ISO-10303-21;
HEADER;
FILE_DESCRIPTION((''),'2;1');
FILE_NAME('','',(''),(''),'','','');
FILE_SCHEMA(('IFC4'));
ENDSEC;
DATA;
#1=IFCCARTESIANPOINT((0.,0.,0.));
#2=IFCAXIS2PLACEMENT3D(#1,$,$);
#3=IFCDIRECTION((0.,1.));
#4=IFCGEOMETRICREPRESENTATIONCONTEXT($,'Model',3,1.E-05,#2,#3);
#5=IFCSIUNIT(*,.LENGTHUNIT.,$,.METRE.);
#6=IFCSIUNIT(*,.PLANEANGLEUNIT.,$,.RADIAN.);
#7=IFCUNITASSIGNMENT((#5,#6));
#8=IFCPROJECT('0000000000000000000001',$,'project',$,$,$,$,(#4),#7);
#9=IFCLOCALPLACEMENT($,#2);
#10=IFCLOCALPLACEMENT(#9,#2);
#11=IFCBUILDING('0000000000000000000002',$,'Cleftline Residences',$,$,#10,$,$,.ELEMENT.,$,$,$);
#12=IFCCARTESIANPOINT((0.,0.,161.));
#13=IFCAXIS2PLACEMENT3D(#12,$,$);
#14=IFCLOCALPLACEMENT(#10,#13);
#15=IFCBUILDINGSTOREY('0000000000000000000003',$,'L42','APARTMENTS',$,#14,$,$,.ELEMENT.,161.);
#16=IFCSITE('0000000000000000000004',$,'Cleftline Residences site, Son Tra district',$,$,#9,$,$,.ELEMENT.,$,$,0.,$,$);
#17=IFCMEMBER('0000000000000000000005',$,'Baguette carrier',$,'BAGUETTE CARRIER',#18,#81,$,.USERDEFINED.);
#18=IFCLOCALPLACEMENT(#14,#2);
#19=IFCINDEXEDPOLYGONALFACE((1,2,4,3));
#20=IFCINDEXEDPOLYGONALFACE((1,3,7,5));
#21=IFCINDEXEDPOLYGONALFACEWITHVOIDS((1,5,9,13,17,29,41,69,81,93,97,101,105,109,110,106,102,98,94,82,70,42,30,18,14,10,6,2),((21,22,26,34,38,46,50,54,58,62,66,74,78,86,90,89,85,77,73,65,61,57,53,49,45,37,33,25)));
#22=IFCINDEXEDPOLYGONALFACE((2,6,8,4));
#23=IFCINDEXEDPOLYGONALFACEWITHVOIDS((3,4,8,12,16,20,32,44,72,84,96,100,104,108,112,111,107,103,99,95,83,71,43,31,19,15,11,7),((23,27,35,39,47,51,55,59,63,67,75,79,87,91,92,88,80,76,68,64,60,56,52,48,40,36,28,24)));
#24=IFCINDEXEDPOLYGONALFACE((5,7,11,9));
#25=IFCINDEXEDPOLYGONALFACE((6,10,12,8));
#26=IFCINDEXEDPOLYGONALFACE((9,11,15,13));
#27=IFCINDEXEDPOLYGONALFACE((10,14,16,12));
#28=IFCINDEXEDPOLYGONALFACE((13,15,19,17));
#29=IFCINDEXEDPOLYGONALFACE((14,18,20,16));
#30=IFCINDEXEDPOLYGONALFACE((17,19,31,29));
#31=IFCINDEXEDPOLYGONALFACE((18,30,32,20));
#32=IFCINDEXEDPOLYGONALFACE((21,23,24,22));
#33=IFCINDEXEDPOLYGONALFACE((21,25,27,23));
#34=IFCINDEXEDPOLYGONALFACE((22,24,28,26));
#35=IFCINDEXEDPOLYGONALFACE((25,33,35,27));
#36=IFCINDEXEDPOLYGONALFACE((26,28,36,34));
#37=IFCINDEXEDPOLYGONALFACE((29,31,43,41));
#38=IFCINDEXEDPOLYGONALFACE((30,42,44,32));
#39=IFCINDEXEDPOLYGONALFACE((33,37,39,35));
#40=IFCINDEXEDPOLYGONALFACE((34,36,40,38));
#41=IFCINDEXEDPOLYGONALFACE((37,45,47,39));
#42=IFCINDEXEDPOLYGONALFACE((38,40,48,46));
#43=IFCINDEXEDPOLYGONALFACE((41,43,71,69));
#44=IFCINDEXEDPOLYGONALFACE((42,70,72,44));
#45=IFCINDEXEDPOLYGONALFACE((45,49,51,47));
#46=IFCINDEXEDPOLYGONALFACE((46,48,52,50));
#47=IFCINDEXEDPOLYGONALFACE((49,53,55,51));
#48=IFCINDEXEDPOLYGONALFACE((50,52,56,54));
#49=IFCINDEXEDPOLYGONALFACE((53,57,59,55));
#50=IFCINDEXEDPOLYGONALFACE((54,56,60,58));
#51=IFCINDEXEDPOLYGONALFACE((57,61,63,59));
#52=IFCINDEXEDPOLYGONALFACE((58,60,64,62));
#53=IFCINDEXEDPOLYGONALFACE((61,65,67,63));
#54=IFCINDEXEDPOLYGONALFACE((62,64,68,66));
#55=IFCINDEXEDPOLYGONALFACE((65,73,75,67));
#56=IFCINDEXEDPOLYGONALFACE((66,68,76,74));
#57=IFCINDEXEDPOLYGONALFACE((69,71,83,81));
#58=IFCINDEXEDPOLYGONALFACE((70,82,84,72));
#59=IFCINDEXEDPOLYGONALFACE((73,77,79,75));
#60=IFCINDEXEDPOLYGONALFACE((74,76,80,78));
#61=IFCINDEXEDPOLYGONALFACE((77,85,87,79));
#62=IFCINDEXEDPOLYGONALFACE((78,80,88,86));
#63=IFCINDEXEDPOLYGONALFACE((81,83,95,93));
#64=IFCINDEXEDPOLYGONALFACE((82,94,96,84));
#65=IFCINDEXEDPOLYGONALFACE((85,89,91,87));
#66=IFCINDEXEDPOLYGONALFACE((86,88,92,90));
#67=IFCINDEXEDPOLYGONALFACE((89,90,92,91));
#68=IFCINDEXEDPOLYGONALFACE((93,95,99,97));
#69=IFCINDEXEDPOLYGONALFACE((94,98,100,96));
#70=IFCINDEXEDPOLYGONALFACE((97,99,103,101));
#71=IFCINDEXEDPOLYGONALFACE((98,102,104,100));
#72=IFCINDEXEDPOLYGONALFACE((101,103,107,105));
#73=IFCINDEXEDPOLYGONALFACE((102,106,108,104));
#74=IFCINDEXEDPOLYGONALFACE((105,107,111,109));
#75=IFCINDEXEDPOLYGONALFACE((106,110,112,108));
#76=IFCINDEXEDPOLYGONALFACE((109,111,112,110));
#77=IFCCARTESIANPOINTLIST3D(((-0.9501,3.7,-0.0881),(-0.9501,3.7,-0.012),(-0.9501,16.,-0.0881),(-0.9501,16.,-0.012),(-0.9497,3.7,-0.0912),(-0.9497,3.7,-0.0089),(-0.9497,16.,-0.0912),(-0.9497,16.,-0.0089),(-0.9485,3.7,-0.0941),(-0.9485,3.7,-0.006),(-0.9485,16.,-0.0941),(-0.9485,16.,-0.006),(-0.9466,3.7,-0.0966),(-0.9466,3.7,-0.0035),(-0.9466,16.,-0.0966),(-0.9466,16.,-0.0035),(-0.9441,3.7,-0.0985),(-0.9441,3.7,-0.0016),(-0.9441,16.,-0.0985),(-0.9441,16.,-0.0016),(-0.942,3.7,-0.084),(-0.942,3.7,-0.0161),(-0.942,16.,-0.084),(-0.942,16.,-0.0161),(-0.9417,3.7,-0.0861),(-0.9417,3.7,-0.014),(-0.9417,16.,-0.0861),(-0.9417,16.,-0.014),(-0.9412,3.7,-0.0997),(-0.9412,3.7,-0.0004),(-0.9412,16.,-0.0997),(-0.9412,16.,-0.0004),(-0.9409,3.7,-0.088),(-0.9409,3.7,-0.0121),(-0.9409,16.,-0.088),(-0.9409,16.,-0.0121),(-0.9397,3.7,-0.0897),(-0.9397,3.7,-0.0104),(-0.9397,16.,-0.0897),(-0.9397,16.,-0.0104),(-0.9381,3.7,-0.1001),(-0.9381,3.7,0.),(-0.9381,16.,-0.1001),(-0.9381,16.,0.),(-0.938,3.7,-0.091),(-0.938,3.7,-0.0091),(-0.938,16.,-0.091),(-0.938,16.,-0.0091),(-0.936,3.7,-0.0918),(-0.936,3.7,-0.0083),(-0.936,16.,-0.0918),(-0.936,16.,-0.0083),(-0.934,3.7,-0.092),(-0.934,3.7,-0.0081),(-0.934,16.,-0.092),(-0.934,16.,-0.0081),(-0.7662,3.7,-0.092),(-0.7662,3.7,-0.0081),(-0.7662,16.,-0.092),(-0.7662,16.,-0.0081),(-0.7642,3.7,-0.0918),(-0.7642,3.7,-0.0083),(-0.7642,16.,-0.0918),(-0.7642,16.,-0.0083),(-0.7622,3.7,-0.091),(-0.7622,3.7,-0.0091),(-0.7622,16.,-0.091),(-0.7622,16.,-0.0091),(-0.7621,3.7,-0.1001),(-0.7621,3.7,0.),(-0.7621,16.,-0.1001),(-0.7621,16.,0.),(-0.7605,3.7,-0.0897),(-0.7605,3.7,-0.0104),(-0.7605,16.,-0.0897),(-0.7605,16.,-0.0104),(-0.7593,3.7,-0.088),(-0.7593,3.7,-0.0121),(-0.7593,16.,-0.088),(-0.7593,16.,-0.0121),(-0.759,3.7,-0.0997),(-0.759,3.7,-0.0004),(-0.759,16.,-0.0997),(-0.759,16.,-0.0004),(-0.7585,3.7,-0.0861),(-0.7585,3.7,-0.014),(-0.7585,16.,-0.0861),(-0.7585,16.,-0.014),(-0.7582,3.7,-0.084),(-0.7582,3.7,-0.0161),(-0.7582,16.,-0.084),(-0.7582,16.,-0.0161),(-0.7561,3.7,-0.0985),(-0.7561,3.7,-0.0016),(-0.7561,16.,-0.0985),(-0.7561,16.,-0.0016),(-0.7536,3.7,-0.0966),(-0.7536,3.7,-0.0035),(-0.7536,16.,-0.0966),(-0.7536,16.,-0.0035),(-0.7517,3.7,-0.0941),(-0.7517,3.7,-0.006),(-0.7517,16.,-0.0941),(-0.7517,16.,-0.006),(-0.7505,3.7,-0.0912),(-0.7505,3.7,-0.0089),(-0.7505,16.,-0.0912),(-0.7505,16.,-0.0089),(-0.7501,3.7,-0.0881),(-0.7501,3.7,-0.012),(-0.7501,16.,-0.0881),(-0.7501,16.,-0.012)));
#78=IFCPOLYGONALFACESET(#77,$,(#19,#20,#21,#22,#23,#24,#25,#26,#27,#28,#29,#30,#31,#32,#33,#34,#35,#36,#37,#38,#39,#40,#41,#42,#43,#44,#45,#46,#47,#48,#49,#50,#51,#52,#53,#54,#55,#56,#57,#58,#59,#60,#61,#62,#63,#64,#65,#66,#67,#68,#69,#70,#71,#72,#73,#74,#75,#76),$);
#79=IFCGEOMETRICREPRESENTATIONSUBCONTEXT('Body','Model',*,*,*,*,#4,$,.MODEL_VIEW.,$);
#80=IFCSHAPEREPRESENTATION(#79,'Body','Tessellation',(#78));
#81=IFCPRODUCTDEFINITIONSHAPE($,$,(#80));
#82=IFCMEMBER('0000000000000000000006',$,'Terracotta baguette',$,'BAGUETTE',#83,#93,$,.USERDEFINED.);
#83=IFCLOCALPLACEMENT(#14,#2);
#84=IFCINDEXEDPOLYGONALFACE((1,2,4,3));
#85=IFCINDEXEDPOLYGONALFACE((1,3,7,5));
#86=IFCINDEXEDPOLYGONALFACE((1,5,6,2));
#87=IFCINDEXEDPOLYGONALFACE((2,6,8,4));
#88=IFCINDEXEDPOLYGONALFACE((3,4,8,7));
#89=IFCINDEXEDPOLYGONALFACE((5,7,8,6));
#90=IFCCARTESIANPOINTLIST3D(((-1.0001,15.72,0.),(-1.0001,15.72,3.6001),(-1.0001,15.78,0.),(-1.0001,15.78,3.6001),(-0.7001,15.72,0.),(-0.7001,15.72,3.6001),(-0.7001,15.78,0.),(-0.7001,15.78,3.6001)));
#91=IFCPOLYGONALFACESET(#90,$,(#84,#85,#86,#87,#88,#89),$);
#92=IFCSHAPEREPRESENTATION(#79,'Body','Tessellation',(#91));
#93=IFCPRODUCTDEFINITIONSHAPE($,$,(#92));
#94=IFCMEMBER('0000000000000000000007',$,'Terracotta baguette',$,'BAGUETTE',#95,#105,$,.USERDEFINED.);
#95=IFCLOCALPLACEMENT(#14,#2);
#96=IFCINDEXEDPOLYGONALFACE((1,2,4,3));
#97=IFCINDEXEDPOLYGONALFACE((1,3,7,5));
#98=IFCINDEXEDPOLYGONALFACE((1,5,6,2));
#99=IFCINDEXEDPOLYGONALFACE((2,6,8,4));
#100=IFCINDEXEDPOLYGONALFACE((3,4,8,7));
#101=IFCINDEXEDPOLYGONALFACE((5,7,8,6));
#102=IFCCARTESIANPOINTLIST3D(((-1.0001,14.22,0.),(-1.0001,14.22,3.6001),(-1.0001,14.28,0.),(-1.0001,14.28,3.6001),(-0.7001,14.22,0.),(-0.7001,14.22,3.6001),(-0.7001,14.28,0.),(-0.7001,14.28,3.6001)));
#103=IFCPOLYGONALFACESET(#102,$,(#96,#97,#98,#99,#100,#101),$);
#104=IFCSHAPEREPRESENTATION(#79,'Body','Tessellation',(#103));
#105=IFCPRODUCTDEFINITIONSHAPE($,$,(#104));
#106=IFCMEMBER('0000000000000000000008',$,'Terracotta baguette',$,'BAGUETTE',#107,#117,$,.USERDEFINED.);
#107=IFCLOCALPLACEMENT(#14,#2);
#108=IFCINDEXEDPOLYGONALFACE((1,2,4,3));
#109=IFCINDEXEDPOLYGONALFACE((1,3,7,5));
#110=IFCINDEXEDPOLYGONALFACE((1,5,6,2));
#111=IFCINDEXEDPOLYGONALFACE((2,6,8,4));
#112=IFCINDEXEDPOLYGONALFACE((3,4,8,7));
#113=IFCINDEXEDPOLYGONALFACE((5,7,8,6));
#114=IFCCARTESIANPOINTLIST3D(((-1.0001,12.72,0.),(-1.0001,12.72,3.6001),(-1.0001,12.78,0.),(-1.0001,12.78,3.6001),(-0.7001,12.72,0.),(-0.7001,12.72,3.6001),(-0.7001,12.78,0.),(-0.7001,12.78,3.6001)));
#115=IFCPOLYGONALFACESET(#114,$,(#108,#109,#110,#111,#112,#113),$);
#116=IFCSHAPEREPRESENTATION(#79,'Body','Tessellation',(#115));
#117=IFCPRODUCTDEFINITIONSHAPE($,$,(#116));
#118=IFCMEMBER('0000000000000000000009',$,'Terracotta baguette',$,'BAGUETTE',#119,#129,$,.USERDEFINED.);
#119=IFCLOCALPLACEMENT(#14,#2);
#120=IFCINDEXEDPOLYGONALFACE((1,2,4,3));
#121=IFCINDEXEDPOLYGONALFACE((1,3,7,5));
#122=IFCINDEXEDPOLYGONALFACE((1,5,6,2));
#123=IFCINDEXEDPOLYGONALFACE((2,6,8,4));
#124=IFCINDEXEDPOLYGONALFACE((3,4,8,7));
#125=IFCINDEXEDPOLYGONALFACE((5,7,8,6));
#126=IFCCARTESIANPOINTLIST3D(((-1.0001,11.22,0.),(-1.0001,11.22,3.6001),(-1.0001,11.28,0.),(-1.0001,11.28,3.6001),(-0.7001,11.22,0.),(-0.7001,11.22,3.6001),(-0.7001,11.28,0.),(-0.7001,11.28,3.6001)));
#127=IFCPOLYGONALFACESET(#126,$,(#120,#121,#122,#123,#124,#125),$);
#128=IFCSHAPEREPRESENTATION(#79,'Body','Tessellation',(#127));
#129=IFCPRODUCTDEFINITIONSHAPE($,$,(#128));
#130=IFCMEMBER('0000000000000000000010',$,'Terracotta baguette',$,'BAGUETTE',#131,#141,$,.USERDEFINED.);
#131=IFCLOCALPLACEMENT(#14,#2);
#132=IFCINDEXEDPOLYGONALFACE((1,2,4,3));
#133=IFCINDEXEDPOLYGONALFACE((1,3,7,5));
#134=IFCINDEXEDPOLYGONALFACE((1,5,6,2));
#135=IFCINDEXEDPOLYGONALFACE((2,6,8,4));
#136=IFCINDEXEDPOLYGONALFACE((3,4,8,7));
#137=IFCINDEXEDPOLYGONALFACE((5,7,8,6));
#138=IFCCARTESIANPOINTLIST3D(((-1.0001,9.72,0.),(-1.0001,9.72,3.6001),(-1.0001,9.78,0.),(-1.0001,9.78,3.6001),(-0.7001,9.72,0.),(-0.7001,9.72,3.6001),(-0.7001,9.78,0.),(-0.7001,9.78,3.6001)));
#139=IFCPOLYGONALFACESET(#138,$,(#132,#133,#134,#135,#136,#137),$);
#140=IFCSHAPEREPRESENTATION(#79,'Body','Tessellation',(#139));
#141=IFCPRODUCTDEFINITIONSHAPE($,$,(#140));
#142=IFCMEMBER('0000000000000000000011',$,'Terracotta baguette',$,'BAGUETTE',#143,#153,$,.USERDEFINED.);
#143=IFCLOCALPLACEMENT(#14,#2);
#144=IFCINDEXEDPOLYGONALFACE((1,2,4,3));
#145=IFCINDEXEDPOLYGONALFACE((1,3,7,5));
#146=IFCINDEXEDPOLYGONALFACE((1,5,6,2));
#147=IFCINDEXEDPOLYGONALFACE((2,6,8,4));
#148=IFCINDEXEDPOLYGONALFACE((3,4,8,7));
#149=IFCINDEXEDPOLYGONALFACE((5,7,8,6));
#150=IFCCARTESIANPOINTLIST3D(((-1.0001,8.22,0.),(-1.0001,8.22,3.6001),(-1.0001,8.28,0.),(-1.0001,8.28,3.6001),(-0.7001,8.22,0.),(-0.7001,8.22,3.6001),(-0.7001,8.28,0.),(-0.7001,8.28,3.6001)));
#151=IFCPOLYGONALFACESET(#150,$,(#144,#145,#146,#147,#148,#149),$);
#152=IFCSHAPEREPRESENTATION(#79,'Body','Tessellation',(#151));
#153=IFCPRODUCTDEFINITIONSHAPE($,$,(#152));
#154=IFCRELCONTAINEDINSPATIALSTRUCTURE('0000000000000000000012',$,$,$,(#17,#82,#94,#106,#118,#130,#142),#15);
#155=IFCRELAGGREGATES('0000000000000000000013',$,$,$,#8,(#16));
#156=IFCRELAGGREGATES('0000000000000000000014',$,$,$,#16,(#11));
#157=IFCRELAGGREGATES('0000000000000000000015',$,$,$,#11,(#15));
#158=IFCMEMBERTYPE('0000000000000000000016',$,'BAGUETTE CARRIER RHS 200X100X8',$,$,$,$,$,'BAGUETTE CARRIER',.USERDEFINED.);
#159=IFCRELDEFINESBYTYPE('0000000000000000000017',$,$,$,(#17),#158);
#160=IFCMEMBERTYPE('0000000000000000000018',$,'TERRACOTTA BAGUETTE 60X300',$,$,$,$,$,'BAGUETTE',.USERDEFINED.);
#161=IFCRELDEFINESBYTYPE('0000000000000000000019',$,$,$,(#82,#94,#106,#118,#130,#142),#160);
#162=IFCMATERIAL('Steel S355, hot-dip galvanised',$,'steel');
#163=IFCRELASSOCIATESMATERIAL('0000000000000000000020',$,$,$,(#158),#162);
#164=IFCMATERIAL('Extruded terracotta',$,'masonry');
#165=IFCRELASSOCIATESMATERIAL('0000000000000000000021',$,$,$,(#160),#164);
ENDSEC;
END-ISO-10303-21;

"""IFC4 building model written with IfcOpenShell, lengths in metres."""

from ifc_helpers import new_model, si_unit, direction, frame, origin, origin_2d, place, context, subcontext, project, spatial, rectangle, hollow_rectangle, extrude, material, material_profile, profile_set, type_object, element, save


model = new_model("IFC4")

# Units and contexts
model_context = context("Model", 3, precision=1e-05, world=origin(), true_north=direction((0.0, 1.0)))
body_context = subcontext(model_context, "Body", "Model", "MODEL_VIEW")
ifc_project = project(units=[si_unit("LENGTHUNIT", "METRE"), si_unit("PLANEANGLEUNIT", "RADIAN")], contexts=[model_context])

# Site, building, storey
site_placement = place(None, origin())
site = spatial("IfcSite", under=ifc_project, at=site_placement, Name="Cleftline Residences site, Son Tra district", CompositionType="ELEMENT", RefElevation=0.0)
building_placement = place(site_placement, origin())
building = spatial("IfcBuilding", under=site, at=building_placement, Name="Cleftline Residences", CompositionType="ELEMENT")
storey_placement = place(building_placement, frame((0.0, 0.0, 161.0)))
storey = spatial("IfcBuildingStorey", under=building, at=storey_placement, Name="L42", Description="APARTMENTS", CompositionType="ELEMENT", Elevation=161.0)

# Members
ifc_material_1 = material(Name="Steel S355, hot-dip galvanised", Category="steel")
ifc_material_profile_1 = material_profile(ifc_material_1, hollow_rectangle(XDim=0.1001, YDim=0.2, WallThickness=0.0081, InnerFilletRadius=0.0081, OuterFilletRadius=0.012, at=origin_2d()))
ifc_profile_set_1 = profile_set([ifc_material_profile_1], Name="Steel S355, hot-dip galvanised")
member_type_1 = type_object("IfcMemberType", Name="BAGUETTE CARRIER RHS 200X100X8", ElementType="BAGUETTE CARRIER", PredefinedType="USERDEFINED", material=ifc_profile_set_1)
member_placement = place(storey_placement, frame((-0.8501, 16.0, -0.05), z_axis=(0.0, -1.0, 0.0), x_axis=(0.0, 0.0, 1.0)))
element("IfcMember", 1, at=member_placement, inside=storey, type_object=member_type_1, Name="Baguette carrier", ObjectType="BAGUETTE CARRIER", PredefinedType="USERDEFINED", context=body_context, shape_type="SweptSolid", body=[
    extrude(hollow_rectangle(XDim=0.1001, YDim=0.2, WallThickness=0.0081, InnerFilletRadius=0.0081, OuterFilletRadius=0.012, at=origin_2d()), origin(), (0.0, 0.0, 1.0), 12.3),
])
ifc_material_2 = material(Name="Extruded terracotta", Category="masonry")
ifc_material_profile_2 = material_profile(ifc_material_2, rectangle(XDim=0.0601, YDim=0.3, at=origin_2d()))
ifc_profile_set_2 = profile_set([ifc_material_profile_2], Name="Extruded terracotta")
member_type_2 = type_object("IfcMemberType", Name="TERRACOTTA BAGUETTE 60X300", ElementType="BAGUETTE", PredefinedType="USERDEFINED", material=ifc_profile_set_2)
for number, where, z_axis, x_axis, name in (
    (2, (-0.8501, 15.75, 0.0), (0.0, 0.0, 1.0), (0.0, 1.0, 0.0), "Terracotta baguette"),
    (3, (-0.8501, 14.25, 0.0), (0.0, 0.0, 1.0), (0.0, 1.0, 0.0), "Terracotta baguette"),
    (4, (-0.8501, 12.75, 0.0), (0.0, 0.0, 1.0), (0.0, 1.0, 0.0), "Terracotta baguette"),
    (5, (-0.8501, 11.25, 0.0), (0.0, 0.0, 1.0), (0.0, 1.0, 0.0), "Terracotta baguette"),
    (6, (-0.8501, 9.75, 0.0), (0.0, 0.0, 1.0), (0.0, 1.0, 0.0), "Terracotta baguette"),
    (7, (-0.8501, 8.25, 0.0), (0.0, 0.0, 1.0), (0.0, 1.0, 0.0), "Terracotta baguette"),
):
    element("IfcMember", number, at=place(storey_placement, frame(where, z_axis=z_axis, x_axis=x_axis)), inside=storey, type_object=member_type_2, Name=name, ObjectType="BAGUETTE", PredefinedType="USERDEFINED", context=body_context, shape_type="SweptSolid", body=[
        extrude(rectangle(XDim=0.0601, YDim=0.3, at=origin_2d()), origin(), (0.0, 0.0, 1.0), 3.6001),
    ])

save(model, "model.ifc")
